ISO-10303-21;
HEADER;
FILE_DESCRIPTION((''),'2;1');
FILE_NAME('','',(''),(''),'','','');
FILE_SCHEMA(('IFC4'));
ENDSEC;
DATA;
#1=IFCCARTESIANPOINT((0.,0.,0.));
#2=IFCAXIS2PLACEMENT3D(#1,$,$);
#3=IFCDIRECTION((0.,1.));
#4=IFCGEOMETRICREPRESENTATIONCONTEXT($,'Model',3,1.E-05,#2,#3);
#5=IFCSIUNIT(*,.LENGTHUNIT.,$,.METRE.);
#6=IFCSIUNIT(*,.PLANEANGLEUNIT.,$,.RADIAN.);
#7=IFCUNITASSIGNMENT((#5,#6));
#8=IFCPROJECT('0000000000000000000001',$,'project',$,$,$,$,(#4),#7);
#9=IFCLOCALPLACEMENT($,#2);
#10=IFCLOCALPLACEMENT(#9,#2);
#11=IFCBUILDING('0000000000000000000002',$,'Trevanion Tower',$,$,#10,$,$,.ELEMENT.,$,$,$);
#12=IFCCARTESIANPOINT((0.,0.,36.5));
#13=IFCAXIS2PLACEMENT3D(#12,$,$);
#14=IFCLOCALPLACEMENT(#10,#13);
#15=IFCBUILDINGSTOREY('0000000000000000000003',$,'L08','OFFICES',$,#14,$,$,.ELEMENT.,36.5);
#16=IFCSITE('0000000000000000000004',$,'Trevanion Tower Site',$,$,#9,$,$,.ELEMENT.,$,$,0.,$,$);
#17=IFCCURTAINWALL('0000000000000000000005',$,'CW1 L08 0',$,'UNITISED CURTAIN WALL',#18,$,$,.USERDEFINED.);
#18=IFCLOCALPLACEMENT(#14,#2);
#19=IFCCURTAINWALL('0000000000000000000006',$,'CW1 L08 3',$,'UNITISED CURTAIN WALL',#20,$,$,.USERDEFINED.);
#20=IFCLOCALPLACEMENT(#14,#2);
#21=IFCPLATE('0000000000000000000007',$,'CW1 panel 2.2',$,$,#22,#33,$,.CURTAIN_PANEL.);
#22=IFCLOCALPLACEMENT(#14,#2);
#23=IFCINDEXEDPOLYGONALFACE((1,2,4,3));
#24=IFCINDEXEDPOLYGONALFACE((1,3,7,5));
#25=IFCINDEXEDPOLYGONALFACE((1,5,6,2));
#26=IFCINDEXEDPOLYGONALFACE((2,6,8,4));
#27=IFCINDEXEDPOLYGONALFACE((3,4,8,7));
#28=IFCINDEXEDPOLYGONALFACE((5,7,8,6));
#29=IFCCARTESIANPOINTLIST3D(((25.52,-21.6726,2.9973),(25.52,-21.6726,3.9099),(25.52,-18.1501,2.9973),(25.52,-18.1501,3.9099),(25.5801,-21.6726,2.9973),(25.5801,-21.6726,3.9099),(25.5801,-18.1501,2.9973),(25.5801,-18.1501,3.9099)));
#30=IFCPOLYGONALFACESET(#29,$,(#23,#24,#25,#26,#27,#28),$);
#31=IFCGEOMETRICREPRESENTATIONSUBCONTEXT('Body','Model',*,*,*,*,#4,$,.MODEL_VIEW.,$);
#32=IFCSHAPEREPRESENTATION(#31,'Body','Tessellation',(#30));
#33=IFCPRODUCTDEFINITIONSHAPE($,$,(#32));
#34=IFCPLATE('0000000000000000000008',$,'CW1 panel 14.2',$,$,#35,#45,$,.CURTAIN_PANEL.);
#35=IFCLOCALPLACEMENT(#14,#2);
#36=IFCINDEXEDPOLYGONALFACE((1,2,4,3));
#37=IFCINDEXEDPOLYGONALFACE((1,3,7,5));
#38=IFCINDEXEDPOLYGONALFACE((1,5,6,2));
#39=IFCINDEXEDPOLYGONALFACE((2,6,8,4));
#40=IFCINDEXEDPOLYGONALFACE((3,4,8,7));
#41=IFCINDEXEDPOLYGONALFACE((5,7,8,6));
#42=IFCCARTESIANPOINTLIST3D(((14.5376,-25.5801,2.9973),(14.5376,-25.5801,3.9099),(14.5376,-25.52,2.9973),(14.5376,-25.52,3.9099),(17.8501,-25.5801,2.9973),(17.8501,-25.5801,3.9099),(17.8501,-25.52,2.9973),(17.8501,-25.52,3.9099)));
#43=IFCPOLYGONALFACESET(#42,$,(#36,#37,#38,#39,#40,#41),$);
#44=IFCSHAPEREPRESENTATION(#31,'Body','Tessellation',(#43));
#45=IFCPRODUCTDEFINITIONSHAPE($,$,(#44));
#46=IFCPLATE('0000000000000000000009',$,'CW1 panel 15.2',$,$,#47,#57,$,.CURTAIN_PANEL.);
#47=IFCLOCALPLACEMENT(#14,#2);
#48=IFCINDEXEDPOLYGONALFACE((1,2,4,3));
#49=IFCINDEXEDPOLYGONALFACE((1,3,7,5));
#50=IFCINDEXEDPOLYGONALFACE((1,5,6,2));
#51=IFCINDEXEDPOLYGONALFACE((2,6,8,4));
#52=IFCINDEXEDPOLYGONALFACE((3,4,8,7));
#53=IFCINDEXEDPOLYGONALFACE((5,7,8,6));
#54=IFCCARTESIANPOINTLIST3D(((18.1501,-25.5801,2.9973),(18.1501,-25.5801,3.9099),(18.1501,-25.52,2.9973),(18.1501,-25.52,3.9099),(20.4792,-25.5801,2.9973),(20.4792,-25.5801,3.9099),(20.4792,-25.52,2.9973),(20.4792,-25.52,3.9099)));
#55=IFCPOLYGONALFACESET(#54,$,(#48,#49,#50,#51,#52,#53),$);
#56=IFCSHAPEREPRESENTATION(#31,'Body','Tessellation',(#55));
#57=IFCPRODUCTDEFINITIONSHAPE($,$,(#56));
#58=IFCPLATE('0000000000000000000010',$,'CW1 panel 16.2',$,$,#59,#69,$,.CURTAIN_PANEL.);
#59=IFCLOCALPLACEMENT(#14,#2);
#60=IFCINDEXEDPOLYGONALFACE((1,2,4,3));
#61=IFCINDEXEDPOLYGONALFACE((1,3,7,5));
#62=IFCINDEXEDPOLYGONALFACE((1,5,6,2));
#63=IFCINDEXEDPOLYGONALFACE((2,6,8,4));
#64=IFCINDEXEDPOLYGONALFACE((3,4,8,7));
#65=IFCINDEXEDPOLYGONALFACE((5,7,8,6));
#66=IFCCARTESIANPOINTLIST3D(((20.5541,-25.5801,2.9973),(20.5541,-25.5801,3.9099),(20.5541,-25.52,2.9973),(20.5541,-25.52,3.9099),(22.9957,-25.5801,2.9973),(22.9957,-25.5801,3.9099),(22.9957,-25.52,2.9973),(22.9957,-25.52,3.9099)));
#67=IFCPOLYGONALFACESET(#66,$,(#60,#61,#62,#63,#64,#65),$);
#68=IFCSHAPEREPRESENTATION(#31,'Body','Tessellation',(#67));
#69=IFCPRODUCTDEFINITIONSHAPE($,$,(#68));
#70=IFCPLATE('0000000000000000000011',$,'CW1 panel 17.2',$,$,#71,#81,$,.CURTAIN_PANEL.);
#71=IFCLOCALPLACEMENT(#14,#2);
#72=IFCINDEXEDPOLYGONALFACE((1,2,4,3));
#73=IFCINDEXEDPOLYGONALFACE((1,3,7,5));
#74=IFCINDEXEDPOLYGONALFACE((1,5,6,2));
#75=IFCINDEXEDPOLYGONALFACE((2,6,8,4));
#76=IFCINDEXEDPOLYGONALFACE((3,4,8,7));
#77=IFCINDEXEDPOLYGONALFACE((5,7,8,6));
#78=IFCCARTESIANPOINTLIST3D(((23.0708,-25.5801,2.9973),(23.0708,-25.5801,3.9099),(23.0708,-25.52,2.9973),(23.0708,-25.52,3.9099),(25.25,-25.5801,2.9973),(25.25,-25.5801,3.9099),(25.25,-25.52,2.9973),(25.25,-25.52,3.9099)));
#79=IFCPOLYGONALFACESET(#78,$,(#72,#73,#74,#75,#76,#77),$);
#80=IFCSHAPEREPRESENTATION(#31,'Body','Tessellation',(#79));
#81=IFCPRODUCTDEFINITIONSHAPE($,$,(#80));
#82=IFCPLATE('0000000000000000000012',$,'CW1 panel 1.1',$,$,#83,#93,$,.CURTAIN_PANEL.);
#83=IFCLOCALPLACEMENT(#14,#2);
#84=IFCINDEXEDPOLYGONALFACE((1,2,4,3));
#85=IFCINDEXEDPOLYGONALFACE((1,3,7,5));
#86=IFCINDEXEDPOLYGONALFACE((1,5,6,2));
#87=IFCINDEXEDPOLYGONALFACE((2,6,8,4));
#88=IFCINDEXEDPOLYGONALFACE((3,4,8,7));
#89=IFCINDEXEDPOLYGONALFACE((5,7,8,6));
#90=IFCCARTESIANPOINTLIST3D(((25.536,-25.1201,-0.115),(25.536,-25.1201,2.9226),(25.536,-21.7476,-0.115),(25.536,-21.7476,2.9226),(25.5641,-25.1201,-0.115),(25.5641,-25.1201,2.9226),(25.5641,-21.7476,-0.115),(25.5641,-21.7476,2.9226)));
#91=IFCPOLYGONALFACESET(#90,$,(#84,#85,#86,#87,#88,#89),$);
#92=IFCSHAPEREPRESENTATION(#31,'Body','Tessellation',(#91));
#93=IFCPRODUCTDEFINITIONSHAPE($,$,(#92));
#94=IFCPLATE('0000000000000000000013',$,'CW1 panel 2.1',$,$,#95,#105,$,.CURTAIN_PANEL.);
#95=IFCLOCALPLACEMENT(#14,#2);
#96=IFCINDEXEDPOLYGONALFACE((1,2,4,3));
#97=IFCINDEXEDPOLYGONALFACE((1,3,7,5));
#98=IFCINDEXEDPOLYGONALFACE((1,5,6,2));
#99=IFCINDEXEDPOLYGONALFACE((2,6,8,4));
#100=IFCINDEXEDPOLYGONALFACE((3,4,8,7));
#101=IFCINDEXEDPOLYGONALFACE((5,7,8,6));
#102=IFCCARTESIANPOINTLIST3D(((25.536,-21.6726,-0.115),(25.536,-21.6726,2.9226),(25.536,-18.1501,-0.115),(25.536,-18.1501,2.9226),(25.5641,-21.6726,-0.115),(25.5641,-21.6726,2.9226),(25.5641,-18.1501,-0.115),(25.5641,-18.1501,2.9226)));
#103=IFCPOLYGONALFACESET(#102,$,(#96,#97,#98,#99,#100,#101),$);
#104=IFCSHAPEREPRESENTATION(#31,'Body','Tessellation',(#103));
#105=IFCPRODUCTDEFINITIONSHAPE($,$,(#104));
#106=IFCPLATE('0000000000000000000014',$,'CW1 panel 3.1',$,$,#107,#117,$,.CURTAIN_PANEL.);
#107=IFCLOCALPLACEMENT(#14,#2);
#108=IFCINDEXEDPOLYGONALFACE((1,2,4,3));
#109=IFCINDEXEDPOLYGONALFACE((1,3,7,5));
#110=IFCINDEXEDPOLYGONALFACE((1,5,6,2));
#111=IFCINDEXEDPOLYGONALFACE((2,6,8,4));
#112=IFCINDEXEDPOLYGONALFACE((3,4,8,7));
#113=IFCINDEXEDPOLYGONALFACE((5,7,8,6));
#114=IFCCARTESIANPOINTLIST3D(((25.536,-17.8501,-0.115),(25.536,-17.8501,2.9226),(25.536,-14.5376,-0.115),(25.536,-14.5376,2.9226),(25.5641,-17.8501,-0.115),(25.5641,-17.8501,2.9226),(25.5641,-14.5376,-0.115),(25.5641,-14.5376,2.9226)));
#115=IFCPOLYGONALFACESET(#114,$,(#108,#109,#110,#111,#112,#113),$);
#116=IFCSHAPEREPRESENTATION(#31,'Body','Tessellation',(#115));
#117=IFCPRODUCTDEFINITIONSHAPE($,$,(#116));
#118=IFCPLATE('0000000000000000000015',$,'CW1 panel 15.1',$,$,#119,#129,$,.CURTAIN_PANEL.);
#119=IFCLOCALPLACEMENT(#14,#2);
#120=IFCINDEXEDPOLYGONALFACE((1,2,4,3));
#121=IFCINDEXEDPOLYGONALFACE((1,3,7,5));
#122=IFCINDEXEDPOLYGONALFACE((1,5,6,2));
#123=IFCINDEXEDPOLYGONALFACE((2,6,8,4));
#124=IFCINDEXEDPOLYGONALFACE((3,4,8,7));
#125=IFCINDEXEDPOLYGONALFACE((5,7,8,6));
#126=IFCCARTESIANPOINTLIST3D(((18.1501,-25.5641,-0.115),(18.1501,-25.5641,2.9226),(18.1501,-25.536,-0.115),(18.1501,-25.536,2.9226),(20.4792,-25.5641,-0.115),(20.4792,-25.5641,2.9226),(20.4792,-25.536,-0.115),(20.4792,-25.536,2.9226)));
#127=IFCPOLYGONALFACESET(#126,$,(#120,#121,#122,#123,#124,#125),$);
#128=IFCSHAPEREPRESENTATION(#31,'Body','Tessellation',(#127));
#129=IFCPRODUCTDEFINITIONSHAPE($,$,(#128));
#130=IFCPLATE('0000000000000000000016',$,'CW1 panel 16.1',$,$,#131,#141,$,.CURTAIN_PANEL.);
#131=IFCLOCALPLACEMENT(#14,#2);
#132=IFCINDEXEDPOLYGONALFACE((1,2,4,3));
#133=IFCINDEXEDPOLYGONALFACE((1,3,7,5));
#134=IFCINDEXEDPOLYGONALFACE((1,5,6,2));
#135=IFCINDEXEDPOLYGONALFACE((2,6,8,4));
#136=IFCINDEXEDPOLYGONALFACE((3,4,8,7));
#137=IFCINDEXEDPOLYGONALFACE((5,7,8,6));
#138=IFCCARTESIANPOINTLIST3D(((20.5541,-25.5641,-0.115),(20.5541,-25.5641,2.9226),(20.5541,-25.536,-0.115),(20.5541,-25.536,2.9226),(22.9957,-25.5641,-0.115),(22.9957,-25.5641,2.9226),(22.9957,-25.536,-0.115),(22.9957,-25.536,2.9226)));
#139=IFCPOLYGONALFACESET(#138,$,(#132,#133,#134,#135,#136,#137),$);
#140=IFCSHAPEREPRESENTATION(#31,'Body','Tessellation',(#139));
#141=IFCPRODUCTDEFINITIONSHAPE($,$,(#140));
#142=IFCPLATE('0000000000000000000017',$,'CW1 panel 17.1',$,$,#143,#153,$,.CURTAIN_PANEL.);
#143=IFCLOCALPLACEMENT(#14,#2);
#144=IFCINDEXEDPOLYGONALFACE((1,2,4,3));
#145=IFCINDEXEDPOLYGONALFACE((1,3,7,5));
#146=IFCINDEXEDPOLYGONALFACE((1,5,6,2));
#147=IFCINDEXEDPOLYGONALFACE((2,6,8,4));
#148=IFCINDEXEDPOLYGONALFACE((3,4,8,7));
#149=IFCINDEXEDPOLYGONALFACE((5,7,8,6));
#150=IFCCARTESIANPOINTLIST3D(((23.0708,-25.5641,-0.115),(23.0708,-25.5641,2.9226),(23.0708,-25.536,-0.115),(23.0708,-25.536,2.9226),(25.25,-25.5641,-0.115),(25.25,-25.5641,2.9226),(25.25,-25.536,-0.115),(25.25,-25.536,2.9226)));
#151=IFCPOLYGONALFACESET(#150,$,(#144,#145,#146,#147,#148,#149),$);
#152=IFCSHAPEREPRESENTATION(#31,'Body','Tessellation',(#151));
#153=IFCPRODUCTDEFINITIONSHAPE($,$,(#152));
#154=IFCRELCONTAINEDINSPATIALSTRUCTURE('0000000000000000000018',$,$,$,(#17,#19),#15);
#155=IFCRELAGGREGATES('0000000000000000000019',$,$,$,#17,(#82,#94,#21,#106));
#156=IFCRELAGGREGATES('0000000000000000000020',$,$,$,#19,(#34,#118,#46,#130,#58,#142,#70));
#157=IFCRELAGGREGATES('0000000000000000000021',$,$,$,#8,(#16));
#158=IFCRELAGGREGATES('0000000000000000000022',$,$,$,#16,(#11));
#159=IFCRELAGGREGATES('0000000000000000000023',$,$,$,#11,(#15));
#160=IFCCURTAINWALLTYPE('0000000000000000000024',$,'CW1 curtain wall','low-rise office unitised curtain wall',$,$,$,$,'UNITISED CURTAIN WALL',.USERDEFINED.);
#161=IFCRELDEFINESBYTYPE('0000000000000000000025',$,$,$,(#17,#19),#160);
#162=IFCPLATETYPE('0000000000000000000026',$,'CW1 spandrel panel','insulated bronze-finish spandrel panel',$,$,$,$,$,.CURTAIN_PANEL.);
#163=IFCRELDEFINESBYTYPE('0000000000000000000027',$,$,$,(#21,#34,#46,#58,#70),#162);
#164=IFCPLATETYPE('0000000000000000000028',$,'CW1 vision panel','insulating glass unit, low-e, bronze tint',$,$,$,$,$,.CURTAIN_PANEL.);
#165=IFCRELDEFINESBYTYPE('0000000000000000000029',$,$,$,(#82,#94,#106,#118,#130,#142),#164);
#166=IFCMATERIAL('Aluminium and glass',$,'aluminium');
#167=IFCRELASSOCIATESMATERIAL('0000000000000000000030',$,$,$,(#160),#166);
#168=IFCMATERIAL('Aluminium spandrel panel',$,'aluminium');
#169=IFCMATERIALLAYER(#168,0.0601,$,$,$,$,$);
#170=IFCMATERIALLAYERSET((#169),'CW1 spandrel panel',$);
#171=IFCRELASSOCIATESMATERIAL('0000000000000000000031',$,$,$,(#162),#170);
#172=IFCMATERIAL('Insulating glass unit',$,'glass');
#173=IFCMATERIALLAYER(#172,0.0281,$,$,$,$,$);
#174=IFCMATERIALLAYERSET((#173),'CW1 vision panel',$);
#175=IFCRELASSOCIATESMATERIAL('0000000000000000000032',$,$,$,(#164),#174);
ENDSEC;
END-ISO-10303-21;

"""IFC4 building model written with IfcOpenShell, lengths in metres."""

from ifc_helpers import new_model, si_unit, direction, frame, origin, origin_2d, place, context, subcontext, project, spatial, rectangle, extrude, material, layer, layer_set, type_object, element, aggregate, save


model = new_model("IFC4")

# Units and contexts
model_context = context("Model", 3, precision=1e-05, world=origin(), true_north=direction((0.0, 1.0)))
body_context = subcontext(model_context, "Body", "Model", "MODEL_VIEW")
ifc_project = project(units=[si_unit("LENGTHUNIT", "METRE"), si_unit("PLANEANGLEUNIT", "RADIAN")], contexts=[model_context])

# Site, building, storey
site_placement = place(None, origin())
site = spatial("IfcSite", under=ifc_project, at=site_placement, Name="Trevanion Tower Site", CompositionType="ELEMENT", RefElevation=0.0)
building_placement = place(site_placement, origin())
building = spatial("IfcBuilding", under=site, at=building_placement, Name="Trevanion Tower", CompositionType="ELEMENT")
storey_placement = place(building_placement, frame((0.0, 0.0, 36.5)))
storey = spatial("IfcBuildingStorey", under=building, at=storey_placement, Name="L08", Description="OFFICES", CompositionType="ELEMENT", Elevation=36.5)

# Curtain wall
ifc_material_1 = material(Name="Aluminium and glass", Category="aluminium")
curtain_wall_type = type_object("IfcCurtainWallType", Name="CW1 curtain wall", Description="low-rise office unitised curtain wall", ElementType="UNITISED CURTAIN WALL", PredefinedType="USERDEFINED", material=ifc_material_1)
curtain_wall_1_placement = place(storey_placement, origin())
curtain_wall_1 = element("IfcCurtainWall", 1, at=curtain_wall_1_placement, inside=storey, type_object=curtain_wall_type, Name="CW1 L08 0", ObjectType="UNITISED CURTAIN WALL", PredefinedType="USERDEFINED")

# Curtain wall
curtain_wall_2_placement = place(storey_placement, origin())
curtain_wall_2 = element("IfcCurtainWall", 2, at=curtain_wall_2_placement, inside=storey, type_object=curtain_wall_type, Name="CW1 L08 3", ObjectType="UNITISED CURTAIN WALL", PredefinedType="USERDEFINED")

# Plates
ifc_material_2 = material(Name="Aluminium spandrel panel", Category="aluminium")
ifc_layer_1 = layer(ifc_material_2, 0.0601)
ifc_layer_set_1 = layer_set([ifc_layer_1], Name="CW1 spandrel panel")
plate_type_1 = type_object("IfcPlateType", Name="CW1 spandrel panel", Description="insulated bronze-finish spandrel panel", PredefinedType="CURTAIN_PANEL", material=ifc_layer_set_1)
plate_1_placement = place(storey_placement, frame((25.55, -19.9114, 2.9973), z_axis=(0.0, 0.0, 1.0), x_axis=(0.0, 1.0, 0.0)))
plate_1 = element("IfcPlate", 3, at=plate_1_placement, type_object=plate_type_1, Name="CW1 panel 2.2", PredefinedType="CURTAIN_PANEL", context=body_context, shape_type="SweptSolid", body=[
    extrude(rectangle(XDim=3.5225, YDim=0.0601, at=origin_2d()), origin(), (0.0, 0.0, 1.0), 0.9126),
])
plate_2_placement = place(storey_placement, frame((16.1938, -25.55, 2.9973), z_axis=(0.0, 0.0, 1.0), x_axis=(1.0, 0.0, 0.0)))
plate_2 = element("IfcPlate", 4, at=plate_2_placement, type_object=plate_type_1, Name="CW1 panel 14.2", PredefinedType="CURTAIN_PANEL", context=body_context, shape_type="SweptSolid", body=[
    extrude(rectangle(XDim=3.3125, YDim=0.0601, at=origin_2d()), origin(), (0.0, 0.0, 1.0), 0.9126),
])
plate_3_placement = place(storey_placement, frame((19.3147, -25.55, 2.9973), z_axis=(0.0, 0.0, 1.0), x_axis=(1.0, 0.0, 0.0)))
plate_3 = element("IfcPlate", 5, at=plate_3_placement, type_object=plate_type_1, Name="CW1 panel 15.2", PredefinedType="CURTAIN_PANEL", context=body_context, shape_type="SweptSolid", body=[
    extrude(rectangle(XDim=2.3291, YDim=0.0601, at=origin_2d()), origin(), (0.0, 0.0, 1.0), 0.9126),
])
plate_4_placement = place(storey_placement, frame((21.7749, -25.55, 2.9973), z_axis=(0.0, 0.0, 1.0), x_axis=(1.0, 0.0, 0.0)))
plate_4 = element("IfcPlate", 6, at=plate_4_placement, type_object=plate_type_1, Name="CW1 panel 16.2", PredefinedType="CURTAIN_PANEL", context=body_context, shape_type="SweptSolid", body=[
    extrude(rectangle(XDim=2.4417, YDim=0.0601, at=origin_2d()), origin(), (0.0, 0.0, 1.0), 0.9126),
])
plate_5_placement = place(storey_placement, frame((24.1604, -25.55, 2.9973), z_axis=(0.0, 0.0, 1.0), x_axis=(1.0, 0.0, 0.0)))
plate_5 = element("IfcPlate", 7, at=plate_5_placement, type_object=plate_type_1, Name="CW1 panel 17.2", PredefinedType="CURTAIN_PANEL", context=body_context, shape_type="SweptSolid", body=[
    extrude(rectangle(XDim=2.1792, YDim=0.0601, at=origin_2d()), origin(), (0.0, 0.0, 1.0), 0.9126),
])
ifc_material_3 = material(Name="Insulating glass unit", Category="glass")
ifc_layer_2 = layer(ifc_material_3, 0.0281)
ifc_layer_set_2 = layer_set([ifc_layer_2], Name="CW1 vision panel")
plate_type_2 = type_object("IfcPlateType", Name="CW1 vision panel", Description="insulating glass unit, low-e, bronze tint", PredefinedType="CURTAIN_PANEL", material=ifc_layer_set_2)
plate_6_placement = place(storey_placement, frame((25.55, -23.4338, -0.115), z_axis=(0.0, 0.0, 1.0), x_axis=(0.0, 1.0, 0.0)))
plate_6 = element("IfcPlate", 8, at=plate_6_placement, type_object=plate_type_2, Name="CW1 panel 1.1", PredefinedType="CURTAIN_PANEL", context=body_context, shape_type="SweptSolid", body=[
    extrude(rectangle(XDim=3.3726, YDim=0.0281, at=origin_2d()), origin(), (0.0, 0.0, 1.0), 3.0376),
])
plate_7_placement = place(storey_placement, frame((25.55, -19.9114, -0.115), z_axis=(0.0, 0.0, 1.0), x_axis=(0.0, 1.0, 0.0)))
plate_7 = element("IfcPlate", 9, at=plate_7_placement, type_object=plate_type_2, Name="CW1 panel 2.1", PredefinedType="CURTAIN_PANEL", context=body_context, shape_type="SweptSolid", body=[
    extrude(rectangle(XDim=3.5225, YDim=0.0281, at=origin_2d()), origin(), (0.0, 0.0, 1.0), 3.0376),
])
plate_8_placement = place(storey_placement, frame((25.55, -16.1938, -0.115), z_axis=(0.0, 0.0, 1.0), x_axis=(0.0, 1.0, 0.0)))
plate_8 = element("IfcPlate", 10, at=plate_8_placement, type_object=plate_type_2, Name="CW1 panel 3.1", PredefinedType="CURTAIN_PANEL", context=body_context, shape_type="SweptSolid", body=[
    extrude(rectangle(XDim=3.3125, YDim=0.0281, at=origin_2d()), origin(), (0.0, 0.0, 1.0), 3.0376),
])
aggregate(curtain_wall_1, [plate_6, plate_7, plate_1, plate_8])
plate_9_placement = place(storey_placement, frame((19.3147, -25.55, -0.115), z_axis=(0.0, 0.0, 1.0), x_axis=(1.0, 0.0, 0.0)))
plate_9 = element("IfcPlate", 11, at=plate_9_placement, type_object=plate_type_2, Name="CW1 panel 15.1", PredefinedType="CURTAIN_PANEL", context=body_context, shape_type="SweptSolid", body=[
    extrude(rectangle(XDim=2.3291, YDim=0.0281, at=origin_2d()), origin(), (0.0, 0.0, 1.0), 3.0376),
])
plate_10_placement = place(storey_placement, frame((21.7749, -25.55, -0.115), z_axis=(0.0, 0.0, 1.0), x_axis=(1.0, 0.0, 0.0)))
plate_10 = element("IfcPlate", 12, at=plate_10_placement, type_object=plate_type_2, Name="CW1 panel 16.1", PredefinedType="CURTAIN_PANEL", context=body_context, shape_type="SweptSolid", body=[
    extrude(rectangle(XDim=2.4417, YDim=0.0281, at=origin_2d()), origin(), (0.0, 0.0, 1.0), 3.0376),
])
plate_11_placement = place(storey_placement, frame((24.1604, -25.55, -0.115), z_axis=(0.0, 0.0, 1.0), x_axis=(1.0, 0.0, 0.0)))
plate_11 = element("IfcPlate", 13, at=plate_11_placement, type_object=plate_type_2, Name="CW1 panel 17.1", PredefinedType="CURTAIN_PANEL", context=body_context, shape_type="SweptSolid", body=[
    extrude(rectangle(XDim=2.1792, YDim=0.0281, at=origin_2d()), origin(), (0.0, 0.0, 1.0), 3.0376),
])
aggregate(curtain_wall_2, [plate_2, plate_9, plate_3, plate_10, plate_4, plate_11, plate_5])

save(model, "model.ifc")
